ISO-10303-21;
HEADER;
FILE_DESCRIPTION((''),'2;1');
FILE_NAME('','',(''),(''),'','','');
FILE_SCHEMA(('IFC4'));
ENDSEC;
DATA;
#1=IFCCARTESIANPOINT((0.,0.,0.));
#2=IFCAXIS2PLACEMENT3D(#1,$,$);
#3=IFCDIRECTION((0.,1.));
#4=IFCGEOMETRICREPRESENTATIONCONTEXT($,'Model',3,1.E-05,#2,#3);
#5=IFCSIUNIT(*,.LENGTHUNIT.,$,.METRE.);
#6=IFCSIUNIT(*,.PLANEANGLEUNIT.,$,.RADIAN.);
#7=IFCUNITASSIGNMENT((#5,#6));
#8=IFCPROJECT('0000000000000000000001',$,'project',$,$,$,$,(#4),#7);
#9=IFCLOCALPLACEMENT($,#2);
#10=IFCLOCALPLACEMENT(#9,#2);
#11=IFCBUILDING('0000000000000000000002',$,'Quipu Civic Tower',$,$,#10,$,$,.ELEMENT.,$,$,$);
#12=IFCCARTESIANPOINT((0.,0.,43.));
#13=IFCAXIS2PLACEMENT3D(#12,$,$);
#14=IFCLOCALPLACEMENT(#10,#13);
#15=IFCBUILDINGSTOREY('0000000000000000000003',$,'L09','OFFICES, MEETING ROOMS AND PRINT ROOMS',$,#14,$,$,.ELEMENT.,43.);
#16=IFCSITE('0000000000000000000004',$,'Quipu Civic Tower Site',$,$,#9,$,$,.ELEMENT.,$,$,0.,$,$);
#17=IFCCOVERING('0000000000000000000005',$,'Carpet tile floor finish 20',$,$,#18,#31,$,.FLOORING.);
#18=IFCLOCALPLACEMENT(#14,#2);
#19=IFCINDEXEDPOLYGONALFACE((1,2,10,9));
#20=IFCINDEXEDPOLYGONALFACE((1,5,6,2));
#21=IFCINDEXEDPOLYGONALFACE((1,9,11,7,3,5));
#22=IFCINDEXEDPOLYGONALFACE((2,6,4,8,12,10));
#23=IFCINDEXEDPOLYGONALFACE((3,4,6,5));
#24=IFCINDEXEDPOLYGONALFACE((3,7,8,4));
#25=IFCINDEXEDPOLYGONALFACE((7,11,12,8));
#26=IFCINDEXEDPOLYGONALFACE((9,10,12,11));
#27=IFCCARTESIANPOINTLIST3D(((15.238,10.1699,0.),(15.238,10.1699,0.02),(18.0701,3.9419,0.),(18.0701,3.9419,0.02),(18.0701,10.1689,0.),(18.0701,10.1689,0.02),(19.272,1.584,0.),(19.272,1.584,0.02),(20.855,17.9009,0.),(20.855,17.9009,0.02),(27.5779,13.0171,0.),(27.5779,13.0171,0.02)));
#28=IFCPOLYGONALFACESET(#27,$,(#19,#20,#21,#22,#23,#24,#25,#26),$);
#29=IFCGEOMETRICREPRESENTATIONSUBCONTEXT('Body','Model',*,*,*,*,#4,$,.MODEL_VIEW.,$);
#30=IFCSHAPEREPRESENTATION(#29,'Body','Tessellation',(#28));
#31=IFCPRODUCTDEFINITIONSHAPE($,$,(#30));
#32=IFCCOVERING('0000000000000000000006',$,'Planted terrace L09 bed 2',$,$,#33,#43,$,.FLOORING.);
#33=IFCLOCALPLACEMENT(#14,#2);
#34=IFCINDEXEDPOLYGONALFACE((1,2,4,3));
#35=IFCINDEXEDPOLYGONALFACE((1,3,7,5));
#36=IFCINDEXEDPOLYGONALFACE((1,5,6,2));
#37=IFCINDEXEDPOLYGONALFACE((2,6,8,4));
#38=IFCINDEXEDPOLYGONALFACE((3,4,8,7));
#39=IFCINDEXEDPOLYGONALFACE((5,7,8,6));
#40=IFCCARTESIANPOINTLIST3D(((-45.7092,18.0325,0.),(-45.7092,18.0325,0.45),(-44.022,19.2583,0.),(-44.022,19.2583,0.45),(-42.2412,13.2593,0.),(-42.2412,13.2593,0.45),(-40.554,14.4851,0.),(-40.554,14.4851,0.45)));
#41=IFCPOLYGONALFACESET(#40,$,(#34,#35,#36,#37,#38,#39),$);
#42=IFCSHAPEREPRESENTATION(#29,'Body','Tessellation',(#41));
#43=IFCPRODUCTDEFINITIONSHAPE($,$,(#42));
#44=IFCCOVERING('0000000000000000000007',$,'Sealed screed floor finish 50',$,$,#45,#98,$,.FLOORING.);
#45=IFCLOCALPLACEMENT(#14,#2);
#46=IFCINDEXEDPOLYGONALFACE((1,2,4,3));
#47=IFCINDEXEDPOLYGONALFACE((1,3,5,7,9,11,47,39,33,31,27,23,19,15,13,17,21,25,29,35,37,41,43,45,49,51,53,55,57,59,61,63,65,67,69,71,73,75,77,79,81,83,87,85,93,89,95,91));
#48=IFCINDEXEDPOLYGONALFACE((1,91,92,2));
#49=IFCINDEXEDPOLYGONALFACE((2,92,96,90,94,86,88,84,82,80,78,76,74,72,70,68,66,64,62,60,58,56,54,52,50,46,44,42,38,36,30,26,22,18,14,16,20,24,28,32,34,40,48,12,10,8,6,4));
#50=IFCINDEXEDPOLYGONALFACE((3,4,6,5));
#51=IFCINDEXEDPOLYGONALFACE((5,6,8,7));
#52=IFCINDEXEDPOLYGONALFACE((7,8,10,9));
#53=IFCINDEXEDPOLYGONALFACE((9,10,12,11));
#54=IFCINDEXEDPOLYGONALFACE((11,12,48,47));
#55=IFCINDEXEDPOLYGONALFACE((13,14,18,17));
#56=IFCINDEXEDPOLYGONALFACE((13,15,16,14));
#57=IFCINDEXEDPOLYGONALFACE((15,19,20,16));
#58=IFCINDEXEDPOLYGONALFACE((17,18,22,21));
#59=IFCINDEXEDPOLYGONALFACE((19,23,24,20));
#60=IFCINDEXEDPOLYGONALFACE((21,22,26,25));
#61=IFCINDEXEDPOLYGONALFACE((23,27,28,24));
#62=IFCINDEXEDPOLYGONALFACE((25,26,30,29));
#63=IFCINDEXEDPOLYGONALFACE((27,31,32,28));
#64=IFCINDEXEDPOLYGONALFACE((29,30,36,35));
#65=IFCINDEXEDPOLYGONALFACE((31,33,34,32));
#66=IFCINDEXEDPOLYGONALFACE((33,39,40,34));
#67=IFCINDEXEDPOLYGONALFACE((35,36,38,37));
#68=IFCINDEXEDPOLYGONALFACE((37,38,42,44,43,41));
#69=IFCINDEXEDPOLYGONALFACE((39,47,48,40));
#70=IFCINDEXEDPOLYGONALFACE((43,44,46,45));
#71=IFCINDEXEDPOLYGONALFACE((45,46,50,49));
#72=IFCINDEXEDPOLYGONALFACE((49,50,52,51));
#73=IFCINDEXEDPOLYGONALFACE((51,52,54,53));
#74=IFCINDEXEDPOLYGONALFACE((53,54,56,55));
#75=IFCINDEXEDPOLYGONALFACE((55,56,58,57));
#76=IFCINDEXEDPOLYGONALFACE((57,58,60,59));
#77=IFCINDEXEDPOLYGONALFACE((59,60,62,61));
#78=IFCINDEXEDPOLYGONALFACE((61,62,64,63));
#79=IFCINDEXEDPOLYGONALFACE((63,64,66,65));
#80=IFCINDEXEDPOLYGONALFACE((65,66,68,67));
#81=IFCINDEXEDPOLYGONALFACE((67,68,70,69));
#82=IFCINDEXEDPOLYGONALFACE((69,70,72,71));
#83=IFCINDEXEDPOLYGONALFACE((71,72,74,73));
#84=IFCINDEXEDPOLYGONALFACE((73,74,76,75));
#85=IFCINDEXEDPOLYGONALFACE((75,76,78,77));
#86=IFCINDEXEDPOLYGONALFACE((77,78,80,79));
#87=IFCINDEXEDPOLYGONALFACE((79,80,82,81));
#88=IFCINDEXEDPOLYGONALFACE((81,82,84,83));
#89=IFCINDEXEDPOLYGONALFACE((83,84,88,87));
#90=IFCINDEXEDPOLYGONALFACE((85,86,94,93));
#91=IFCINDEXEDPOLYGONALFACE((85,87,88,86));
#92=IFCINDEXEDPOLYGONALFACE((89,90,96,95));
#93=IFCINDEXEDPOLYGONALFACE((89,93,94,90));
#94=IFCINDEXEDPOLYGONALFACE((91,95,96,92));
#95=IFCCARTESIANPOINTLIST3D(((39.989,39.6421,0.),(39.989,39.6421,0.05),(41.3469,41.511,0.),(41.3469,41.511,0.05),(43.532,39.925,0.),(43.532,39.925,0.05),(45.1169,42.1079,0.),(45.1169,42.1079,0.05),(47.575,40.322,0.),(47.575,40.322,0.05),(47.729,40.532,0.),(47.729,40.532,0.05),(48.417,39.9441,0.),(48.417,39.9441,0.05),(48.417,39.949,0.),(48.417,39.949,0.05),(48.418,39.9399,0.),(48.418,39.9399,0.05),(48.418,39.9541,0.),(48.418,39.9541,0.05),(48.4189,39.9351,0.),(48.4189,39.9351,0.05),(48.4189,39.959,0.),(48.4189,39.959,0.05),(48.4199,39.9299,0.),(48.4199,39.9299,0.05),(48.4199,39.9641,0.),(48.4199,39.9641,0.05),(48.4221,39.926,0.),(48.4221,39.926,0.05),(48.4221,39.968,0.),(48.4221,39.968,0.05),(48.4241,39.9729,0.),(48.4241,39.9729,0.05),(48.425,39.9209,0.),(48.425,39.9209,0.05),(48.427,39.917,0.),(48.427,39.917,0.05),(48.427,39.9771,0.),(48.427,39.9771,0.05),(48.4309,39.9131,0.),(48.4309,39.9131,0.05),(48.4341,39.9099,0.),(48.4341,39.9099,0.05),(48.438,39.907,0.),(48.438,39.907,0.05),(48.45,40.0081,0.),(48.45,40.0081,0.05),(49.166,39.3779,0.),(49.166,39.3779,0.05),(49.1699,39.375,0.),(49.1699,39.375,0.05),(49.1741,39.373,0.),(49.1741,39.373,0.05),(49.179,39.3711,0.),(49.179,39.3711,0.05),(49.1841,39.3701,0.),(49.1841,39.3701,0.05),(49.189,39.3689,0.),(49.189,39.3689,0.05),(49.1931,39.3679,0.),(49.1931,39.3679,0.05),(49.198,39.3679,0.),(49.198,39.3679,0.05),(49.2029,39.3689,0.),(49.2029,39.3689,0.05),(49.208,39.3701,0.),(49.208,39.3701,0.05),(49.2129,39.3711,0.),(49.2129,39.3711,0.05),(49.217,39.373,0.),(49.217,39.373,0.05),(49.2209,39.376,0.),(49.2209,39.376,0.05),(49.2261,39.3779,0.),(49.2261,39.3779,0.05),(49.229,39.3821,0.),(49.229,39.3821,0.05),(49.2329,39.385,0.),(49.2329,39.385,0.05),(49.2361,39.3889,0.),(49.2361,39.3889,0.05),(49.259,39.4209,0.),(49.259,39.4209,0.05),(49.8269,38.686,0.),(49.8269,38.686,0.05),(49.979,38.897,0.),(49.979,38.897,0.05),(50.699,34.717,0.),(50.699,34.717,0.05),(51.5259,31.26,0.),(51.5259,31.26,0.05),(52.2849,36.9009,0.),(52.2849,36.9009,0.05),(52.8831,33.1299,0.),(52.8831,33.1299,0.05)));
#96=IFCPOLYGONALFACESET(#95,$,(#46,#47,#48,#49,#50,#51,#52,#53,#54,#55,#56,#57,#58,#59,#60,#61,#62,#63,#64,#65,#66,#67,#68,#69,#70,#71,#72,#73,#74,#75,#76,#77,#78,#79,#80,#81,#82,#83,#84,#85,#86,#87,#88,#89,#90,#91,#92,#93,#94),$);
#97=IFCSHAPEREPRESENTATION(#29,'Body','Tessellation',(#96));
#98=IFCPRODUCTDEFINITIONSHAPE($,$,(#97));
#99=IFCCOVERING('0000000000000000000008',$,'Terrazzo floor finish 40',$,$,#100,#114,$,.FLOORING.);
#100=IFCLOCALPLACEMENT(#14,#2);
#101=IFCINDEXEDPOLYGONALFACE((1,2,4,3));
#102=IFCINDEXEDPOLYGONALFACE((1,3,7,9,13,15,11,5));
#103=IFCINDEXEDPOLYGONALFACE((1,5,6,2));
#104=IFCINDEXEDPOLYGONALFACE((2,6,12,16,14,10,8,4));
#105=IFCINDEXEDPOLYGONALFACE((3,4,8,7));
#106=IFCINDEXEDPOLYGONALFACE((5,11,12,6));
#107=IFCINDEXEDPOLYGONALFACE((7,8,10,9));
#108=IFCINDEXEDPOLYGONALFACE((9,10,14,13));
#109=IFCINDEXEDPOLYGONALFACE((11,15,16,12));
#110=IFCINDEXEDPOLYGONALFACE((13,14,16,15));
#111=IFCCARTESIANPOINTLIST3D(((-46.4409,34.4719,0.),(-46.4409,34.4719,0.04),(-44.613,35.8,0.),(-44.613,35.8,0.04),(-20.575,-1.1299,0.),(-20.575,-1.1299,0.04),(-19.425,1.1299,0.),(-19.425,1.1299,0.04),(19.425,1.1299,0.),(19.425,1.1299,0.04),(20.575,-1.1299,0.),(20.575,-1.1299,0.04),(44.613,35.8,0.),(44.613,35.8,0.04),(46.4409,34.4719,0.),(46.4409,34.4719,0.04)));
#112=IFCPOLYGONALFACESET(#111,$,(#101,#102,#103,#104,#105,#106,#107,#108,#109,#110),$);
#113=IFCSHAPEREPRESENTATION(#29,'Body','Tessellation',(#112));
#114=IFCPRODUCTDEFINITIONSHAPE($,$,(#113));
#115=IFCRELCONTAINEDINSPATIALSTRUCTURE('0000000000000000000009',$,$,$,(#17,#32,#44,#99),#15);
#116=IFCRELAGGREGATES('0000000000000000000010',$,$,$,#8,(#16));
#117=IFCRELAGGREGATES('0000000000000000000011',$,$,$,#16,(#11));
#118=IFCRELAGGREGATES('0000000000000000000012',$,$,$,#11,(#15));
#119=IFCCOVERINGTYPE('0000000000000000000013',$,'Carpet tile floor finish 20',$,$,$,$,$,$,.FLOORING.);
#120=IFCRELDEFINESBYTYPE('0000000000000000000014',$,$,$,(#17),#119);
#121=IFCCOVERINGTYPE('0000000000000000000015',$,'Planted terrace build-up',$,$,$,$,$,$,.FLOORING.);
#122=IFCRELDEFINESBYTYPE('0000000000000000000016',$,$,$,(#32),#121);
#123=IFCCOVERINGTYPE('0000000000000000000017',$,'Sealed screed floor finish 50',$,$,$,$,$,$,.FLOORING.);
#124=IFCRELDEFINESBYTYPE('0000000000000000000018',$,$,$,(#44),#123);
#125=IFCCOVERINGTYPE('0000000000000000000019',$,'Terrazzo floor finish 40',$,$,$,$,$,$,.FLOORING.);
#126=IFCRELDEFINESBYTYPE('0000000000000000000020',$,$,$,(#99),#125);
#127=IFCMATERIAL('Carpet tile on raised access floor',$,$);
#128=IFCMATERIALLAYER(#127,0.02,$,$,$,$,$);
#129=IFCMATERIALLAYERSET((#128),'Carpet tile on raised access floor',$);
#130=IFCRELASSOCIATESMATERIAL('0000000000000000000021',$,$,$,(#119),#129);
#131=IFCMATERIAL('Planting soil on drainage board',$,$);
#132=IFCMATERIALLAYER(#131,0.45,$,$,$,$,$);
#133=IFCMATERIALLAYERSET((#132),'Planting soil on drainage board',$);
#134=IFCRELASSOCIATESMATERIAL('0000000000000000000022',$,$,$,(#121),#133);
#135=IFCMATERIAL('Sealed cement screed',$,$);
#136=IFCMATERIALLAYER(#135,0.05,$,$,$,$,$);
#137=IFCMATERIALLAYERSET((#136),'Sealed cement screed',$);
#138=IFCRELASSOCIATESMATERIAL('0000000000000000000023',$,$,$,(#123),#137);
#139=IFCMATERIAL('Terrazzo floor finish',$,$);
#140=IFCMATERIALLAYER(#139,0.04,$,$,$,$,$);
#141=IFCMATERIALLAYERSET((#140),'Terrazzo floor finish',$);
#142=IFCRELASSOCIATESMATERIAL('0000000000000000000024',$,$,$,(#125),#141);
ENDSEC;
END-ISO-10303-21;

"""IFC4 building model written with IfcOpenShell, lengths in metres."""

from ifc_helpers import new_model, si_unit, direction, frame, origin, place, context, subcontext, project, spatial, polyline, outline, extrude, material, layer, layer_set, type_object, element, save


model = new_model("IFC4")

# Units and contexts
model_context = context("Model", 3, precision=1e-05, world=origin(), true_north=direction((0.0, 1.0)))
body_context = subcontext(model_context, "Body", "Model", "MODEL_VIEW")
ifc_project = project(units=[si_unit("LENGTHUNIT", "METRE"), si_unit("PLANEANGLEUNIT", "RADIAN")], contexts=[model_context])

# Site, building, storey
site_placement = place(None, origin())
site = spatial("IfcSite", under=ifc_project, at=site_placement, Name="Quipu Civic Tower Site", CompositionType="ELEMENT", RefElevation=0.0)
building_placement = place(site_placement, origin())
building = spatial("IfcBuilding", under=site, at=building_placement, Name="Quipu Civic Tower", CompositionType="ELEMENT")
storey_placement = place(building_placement, frame((0.0, 0.0, 43.0)))
storey = spatial("IfcBuildingStorey", under=building, at=storey_placement, Name="L09", Description="OFFICES, MEETING ROOMS AND PRINT ROOMS", CompositionType="ELEMENT", Elevation=43.0)

# Coverings
ifc_material_1 = material(Name="Carpet tile on raised access floor")
ifc_layer_1 = layer(ifc_material_1, 0.02)
ifc_layer_set_1 = layer_set([ifc_layer_1], Name="Carpet tile on raised access floor")
covering_type_1 = type_object("IfcCoveringType", Name="Carpet tile floor finish 20", PredefinedType="FLOORING", material=ifc_layer_set_1)
covering_1_placement = place(storey_placement, origin())
element("IfcCovering", 1, at=covering_1_placement, inside=storey, type_object=covering_type_1, Name="Carpet tile floor finish 20", PredefinedType="FLOORING", context=body_context, shape_type="SweptSolid", body=[
    extrude(outline(polyline([(15.238, 10.1699), (20.855, 17.9009), (27.5779, 13.0171), (19.272, 1.584), (18.0701, 3.9419), (18.0701, 10.1689), (15.238, 10.1699)])), origin(), (0.0, 0.0, 1.0), 0.02),
])
ifc_material_2 = material(Name="Planting soil on drainage board")
ifc_layer_2 = layer(ifc_material_2, 0.45)
ifc_layer_set_2 = layer_set([ifc_layer_2], Name="Planting soil on drainage board")
covering_type_2 = type_object("IfcCoveringType", Name="Planted terrace build-up", PredefinedType="FLOORING", material=ifc_layer_set_2)
covering_2_placement = place(storey_placement, origin())
element("IfcCovering", 2, at=covering_2_placement, inside=storey, type_object=covering_type_2, Name="Planted terrace L09 bed 2", PredefinedType="FLOORING", context=body_context, shape_type="SweptSolid", body=[
    extrude(outline(polyline([(-45.7092, 18.0325), (-44.022, 19.2583), (-40.554, 14.4851), (-42.2412, 13.2593), (-45.7092, 18.0325)])), origin(), (0.0, 0.0, 1.0), 0.45),
])
ifc_material_3 = material(Name="Sealed cement screed")
ifc_layer_3 = layer(ifc_material_3, 0.05)
ifc_layer_set_3 = layer_set([ifc_layer_3], Name="Sealed cement screed")
covering_type_3 = type_object("IfcCoveringType", Name="Sealed screed floor finish 50", PredefinedType="FLOORING", material=ifc_layer_set_3)
covering_3_placement = place(storey_placement, origin())
element("IfcCovering", 3, at=covering_3_placement, inside=storey, type_object=covering_type_3, Name="Sealed screed floor finish 50", PredefinedType="FLOORING", context=body_context, shape_type="SweptSolid", body=[
    extrude(outline(polyline([(39.989, 39.6421), (41.3469, 41.511), (43.532, 39.925), (45.1169, 42.1079), (47.575, 40.322), (47.729, 40.532), (48.45, 40.0081), (48.427, 39.9771), (48.4241, 39.9729), (48.4221, 39.968), (48.4199, 39.9641), (48.4189, 39.959), (48.418, 39.9541), (48.417, 39.949), (48.417, 39.9441), (48.418, 39.9399), (48.4189, 39.9351), (48.4199, 39.9299), (48.4221, 39.926), (48.425, 39.9209), (48.427, 39.917), (48.4309, 39.9131), (48.4341, 39.9099), (48.438, 39.907), (49.166, 39.3779), (49.1699, 39.375), (49.1741, 39.373), (49.179, 39.3711), (49.1841, 39.3701), (49.189, 39.3689), (49.1931, 39.3679), (49.198, 39.3679), (49.2029, 39.3689), (49.208, 39.3701), (49.2129, 39.3711), (49.217, 39.373), (49.2209, 39.376), (49.2261, 39.3779), (49.229, 39.3821), (49.2329, 39.385), (49.2361, 39.3889), (49.259, 39.4209), (49.979, 38.897), (49.8269, 38.686), (52.2849, 36.9009), (50.699, 34.717), (52.8831, 33.1299), (51.5259, 31.26), (39.989, 39.6421)])), origin(), (0.0, 0.0, 1.0), 0.05),
])
ifc_material_4 = material(Name="Terrazzo floor finish")
ifc_layer_4 = layer(ifc_material_4, 0.04)
ifc_layer_set_4 = layer_set([ifc_layer_4], Name="Terrazzo floor finish")
covering_type_4 = type_object("IfcCoveringType", Name="Terrazzo floor finish 40", PredefinedType="FLOORING", material=ifc_layer_set_4)
covering_4_placement = place(storey_placement, origin())
element("IfcCovering", 4, at=covering_4_placement, inside=storey, type_object=covering_type_4, Name="Terrazzo floor finish 40", PredefinedType="FLOORING", context=body_context, shape_type="SweptSolid", body=[
    extrude(outline(polyline([(20.575, -1.1299), (-20.575, -1.1299), (-46.4409, 34.4719), (-44.613, 35.8), (-19.425, 1.1299), (19.425, 1.1299), (44.613, 35.8), (46.4409, 34.4719), (20.575, -1.1299)])), origin(), (0.0, 0.0, 1.0), 0.04),
])

save(model, "model.ifc")
